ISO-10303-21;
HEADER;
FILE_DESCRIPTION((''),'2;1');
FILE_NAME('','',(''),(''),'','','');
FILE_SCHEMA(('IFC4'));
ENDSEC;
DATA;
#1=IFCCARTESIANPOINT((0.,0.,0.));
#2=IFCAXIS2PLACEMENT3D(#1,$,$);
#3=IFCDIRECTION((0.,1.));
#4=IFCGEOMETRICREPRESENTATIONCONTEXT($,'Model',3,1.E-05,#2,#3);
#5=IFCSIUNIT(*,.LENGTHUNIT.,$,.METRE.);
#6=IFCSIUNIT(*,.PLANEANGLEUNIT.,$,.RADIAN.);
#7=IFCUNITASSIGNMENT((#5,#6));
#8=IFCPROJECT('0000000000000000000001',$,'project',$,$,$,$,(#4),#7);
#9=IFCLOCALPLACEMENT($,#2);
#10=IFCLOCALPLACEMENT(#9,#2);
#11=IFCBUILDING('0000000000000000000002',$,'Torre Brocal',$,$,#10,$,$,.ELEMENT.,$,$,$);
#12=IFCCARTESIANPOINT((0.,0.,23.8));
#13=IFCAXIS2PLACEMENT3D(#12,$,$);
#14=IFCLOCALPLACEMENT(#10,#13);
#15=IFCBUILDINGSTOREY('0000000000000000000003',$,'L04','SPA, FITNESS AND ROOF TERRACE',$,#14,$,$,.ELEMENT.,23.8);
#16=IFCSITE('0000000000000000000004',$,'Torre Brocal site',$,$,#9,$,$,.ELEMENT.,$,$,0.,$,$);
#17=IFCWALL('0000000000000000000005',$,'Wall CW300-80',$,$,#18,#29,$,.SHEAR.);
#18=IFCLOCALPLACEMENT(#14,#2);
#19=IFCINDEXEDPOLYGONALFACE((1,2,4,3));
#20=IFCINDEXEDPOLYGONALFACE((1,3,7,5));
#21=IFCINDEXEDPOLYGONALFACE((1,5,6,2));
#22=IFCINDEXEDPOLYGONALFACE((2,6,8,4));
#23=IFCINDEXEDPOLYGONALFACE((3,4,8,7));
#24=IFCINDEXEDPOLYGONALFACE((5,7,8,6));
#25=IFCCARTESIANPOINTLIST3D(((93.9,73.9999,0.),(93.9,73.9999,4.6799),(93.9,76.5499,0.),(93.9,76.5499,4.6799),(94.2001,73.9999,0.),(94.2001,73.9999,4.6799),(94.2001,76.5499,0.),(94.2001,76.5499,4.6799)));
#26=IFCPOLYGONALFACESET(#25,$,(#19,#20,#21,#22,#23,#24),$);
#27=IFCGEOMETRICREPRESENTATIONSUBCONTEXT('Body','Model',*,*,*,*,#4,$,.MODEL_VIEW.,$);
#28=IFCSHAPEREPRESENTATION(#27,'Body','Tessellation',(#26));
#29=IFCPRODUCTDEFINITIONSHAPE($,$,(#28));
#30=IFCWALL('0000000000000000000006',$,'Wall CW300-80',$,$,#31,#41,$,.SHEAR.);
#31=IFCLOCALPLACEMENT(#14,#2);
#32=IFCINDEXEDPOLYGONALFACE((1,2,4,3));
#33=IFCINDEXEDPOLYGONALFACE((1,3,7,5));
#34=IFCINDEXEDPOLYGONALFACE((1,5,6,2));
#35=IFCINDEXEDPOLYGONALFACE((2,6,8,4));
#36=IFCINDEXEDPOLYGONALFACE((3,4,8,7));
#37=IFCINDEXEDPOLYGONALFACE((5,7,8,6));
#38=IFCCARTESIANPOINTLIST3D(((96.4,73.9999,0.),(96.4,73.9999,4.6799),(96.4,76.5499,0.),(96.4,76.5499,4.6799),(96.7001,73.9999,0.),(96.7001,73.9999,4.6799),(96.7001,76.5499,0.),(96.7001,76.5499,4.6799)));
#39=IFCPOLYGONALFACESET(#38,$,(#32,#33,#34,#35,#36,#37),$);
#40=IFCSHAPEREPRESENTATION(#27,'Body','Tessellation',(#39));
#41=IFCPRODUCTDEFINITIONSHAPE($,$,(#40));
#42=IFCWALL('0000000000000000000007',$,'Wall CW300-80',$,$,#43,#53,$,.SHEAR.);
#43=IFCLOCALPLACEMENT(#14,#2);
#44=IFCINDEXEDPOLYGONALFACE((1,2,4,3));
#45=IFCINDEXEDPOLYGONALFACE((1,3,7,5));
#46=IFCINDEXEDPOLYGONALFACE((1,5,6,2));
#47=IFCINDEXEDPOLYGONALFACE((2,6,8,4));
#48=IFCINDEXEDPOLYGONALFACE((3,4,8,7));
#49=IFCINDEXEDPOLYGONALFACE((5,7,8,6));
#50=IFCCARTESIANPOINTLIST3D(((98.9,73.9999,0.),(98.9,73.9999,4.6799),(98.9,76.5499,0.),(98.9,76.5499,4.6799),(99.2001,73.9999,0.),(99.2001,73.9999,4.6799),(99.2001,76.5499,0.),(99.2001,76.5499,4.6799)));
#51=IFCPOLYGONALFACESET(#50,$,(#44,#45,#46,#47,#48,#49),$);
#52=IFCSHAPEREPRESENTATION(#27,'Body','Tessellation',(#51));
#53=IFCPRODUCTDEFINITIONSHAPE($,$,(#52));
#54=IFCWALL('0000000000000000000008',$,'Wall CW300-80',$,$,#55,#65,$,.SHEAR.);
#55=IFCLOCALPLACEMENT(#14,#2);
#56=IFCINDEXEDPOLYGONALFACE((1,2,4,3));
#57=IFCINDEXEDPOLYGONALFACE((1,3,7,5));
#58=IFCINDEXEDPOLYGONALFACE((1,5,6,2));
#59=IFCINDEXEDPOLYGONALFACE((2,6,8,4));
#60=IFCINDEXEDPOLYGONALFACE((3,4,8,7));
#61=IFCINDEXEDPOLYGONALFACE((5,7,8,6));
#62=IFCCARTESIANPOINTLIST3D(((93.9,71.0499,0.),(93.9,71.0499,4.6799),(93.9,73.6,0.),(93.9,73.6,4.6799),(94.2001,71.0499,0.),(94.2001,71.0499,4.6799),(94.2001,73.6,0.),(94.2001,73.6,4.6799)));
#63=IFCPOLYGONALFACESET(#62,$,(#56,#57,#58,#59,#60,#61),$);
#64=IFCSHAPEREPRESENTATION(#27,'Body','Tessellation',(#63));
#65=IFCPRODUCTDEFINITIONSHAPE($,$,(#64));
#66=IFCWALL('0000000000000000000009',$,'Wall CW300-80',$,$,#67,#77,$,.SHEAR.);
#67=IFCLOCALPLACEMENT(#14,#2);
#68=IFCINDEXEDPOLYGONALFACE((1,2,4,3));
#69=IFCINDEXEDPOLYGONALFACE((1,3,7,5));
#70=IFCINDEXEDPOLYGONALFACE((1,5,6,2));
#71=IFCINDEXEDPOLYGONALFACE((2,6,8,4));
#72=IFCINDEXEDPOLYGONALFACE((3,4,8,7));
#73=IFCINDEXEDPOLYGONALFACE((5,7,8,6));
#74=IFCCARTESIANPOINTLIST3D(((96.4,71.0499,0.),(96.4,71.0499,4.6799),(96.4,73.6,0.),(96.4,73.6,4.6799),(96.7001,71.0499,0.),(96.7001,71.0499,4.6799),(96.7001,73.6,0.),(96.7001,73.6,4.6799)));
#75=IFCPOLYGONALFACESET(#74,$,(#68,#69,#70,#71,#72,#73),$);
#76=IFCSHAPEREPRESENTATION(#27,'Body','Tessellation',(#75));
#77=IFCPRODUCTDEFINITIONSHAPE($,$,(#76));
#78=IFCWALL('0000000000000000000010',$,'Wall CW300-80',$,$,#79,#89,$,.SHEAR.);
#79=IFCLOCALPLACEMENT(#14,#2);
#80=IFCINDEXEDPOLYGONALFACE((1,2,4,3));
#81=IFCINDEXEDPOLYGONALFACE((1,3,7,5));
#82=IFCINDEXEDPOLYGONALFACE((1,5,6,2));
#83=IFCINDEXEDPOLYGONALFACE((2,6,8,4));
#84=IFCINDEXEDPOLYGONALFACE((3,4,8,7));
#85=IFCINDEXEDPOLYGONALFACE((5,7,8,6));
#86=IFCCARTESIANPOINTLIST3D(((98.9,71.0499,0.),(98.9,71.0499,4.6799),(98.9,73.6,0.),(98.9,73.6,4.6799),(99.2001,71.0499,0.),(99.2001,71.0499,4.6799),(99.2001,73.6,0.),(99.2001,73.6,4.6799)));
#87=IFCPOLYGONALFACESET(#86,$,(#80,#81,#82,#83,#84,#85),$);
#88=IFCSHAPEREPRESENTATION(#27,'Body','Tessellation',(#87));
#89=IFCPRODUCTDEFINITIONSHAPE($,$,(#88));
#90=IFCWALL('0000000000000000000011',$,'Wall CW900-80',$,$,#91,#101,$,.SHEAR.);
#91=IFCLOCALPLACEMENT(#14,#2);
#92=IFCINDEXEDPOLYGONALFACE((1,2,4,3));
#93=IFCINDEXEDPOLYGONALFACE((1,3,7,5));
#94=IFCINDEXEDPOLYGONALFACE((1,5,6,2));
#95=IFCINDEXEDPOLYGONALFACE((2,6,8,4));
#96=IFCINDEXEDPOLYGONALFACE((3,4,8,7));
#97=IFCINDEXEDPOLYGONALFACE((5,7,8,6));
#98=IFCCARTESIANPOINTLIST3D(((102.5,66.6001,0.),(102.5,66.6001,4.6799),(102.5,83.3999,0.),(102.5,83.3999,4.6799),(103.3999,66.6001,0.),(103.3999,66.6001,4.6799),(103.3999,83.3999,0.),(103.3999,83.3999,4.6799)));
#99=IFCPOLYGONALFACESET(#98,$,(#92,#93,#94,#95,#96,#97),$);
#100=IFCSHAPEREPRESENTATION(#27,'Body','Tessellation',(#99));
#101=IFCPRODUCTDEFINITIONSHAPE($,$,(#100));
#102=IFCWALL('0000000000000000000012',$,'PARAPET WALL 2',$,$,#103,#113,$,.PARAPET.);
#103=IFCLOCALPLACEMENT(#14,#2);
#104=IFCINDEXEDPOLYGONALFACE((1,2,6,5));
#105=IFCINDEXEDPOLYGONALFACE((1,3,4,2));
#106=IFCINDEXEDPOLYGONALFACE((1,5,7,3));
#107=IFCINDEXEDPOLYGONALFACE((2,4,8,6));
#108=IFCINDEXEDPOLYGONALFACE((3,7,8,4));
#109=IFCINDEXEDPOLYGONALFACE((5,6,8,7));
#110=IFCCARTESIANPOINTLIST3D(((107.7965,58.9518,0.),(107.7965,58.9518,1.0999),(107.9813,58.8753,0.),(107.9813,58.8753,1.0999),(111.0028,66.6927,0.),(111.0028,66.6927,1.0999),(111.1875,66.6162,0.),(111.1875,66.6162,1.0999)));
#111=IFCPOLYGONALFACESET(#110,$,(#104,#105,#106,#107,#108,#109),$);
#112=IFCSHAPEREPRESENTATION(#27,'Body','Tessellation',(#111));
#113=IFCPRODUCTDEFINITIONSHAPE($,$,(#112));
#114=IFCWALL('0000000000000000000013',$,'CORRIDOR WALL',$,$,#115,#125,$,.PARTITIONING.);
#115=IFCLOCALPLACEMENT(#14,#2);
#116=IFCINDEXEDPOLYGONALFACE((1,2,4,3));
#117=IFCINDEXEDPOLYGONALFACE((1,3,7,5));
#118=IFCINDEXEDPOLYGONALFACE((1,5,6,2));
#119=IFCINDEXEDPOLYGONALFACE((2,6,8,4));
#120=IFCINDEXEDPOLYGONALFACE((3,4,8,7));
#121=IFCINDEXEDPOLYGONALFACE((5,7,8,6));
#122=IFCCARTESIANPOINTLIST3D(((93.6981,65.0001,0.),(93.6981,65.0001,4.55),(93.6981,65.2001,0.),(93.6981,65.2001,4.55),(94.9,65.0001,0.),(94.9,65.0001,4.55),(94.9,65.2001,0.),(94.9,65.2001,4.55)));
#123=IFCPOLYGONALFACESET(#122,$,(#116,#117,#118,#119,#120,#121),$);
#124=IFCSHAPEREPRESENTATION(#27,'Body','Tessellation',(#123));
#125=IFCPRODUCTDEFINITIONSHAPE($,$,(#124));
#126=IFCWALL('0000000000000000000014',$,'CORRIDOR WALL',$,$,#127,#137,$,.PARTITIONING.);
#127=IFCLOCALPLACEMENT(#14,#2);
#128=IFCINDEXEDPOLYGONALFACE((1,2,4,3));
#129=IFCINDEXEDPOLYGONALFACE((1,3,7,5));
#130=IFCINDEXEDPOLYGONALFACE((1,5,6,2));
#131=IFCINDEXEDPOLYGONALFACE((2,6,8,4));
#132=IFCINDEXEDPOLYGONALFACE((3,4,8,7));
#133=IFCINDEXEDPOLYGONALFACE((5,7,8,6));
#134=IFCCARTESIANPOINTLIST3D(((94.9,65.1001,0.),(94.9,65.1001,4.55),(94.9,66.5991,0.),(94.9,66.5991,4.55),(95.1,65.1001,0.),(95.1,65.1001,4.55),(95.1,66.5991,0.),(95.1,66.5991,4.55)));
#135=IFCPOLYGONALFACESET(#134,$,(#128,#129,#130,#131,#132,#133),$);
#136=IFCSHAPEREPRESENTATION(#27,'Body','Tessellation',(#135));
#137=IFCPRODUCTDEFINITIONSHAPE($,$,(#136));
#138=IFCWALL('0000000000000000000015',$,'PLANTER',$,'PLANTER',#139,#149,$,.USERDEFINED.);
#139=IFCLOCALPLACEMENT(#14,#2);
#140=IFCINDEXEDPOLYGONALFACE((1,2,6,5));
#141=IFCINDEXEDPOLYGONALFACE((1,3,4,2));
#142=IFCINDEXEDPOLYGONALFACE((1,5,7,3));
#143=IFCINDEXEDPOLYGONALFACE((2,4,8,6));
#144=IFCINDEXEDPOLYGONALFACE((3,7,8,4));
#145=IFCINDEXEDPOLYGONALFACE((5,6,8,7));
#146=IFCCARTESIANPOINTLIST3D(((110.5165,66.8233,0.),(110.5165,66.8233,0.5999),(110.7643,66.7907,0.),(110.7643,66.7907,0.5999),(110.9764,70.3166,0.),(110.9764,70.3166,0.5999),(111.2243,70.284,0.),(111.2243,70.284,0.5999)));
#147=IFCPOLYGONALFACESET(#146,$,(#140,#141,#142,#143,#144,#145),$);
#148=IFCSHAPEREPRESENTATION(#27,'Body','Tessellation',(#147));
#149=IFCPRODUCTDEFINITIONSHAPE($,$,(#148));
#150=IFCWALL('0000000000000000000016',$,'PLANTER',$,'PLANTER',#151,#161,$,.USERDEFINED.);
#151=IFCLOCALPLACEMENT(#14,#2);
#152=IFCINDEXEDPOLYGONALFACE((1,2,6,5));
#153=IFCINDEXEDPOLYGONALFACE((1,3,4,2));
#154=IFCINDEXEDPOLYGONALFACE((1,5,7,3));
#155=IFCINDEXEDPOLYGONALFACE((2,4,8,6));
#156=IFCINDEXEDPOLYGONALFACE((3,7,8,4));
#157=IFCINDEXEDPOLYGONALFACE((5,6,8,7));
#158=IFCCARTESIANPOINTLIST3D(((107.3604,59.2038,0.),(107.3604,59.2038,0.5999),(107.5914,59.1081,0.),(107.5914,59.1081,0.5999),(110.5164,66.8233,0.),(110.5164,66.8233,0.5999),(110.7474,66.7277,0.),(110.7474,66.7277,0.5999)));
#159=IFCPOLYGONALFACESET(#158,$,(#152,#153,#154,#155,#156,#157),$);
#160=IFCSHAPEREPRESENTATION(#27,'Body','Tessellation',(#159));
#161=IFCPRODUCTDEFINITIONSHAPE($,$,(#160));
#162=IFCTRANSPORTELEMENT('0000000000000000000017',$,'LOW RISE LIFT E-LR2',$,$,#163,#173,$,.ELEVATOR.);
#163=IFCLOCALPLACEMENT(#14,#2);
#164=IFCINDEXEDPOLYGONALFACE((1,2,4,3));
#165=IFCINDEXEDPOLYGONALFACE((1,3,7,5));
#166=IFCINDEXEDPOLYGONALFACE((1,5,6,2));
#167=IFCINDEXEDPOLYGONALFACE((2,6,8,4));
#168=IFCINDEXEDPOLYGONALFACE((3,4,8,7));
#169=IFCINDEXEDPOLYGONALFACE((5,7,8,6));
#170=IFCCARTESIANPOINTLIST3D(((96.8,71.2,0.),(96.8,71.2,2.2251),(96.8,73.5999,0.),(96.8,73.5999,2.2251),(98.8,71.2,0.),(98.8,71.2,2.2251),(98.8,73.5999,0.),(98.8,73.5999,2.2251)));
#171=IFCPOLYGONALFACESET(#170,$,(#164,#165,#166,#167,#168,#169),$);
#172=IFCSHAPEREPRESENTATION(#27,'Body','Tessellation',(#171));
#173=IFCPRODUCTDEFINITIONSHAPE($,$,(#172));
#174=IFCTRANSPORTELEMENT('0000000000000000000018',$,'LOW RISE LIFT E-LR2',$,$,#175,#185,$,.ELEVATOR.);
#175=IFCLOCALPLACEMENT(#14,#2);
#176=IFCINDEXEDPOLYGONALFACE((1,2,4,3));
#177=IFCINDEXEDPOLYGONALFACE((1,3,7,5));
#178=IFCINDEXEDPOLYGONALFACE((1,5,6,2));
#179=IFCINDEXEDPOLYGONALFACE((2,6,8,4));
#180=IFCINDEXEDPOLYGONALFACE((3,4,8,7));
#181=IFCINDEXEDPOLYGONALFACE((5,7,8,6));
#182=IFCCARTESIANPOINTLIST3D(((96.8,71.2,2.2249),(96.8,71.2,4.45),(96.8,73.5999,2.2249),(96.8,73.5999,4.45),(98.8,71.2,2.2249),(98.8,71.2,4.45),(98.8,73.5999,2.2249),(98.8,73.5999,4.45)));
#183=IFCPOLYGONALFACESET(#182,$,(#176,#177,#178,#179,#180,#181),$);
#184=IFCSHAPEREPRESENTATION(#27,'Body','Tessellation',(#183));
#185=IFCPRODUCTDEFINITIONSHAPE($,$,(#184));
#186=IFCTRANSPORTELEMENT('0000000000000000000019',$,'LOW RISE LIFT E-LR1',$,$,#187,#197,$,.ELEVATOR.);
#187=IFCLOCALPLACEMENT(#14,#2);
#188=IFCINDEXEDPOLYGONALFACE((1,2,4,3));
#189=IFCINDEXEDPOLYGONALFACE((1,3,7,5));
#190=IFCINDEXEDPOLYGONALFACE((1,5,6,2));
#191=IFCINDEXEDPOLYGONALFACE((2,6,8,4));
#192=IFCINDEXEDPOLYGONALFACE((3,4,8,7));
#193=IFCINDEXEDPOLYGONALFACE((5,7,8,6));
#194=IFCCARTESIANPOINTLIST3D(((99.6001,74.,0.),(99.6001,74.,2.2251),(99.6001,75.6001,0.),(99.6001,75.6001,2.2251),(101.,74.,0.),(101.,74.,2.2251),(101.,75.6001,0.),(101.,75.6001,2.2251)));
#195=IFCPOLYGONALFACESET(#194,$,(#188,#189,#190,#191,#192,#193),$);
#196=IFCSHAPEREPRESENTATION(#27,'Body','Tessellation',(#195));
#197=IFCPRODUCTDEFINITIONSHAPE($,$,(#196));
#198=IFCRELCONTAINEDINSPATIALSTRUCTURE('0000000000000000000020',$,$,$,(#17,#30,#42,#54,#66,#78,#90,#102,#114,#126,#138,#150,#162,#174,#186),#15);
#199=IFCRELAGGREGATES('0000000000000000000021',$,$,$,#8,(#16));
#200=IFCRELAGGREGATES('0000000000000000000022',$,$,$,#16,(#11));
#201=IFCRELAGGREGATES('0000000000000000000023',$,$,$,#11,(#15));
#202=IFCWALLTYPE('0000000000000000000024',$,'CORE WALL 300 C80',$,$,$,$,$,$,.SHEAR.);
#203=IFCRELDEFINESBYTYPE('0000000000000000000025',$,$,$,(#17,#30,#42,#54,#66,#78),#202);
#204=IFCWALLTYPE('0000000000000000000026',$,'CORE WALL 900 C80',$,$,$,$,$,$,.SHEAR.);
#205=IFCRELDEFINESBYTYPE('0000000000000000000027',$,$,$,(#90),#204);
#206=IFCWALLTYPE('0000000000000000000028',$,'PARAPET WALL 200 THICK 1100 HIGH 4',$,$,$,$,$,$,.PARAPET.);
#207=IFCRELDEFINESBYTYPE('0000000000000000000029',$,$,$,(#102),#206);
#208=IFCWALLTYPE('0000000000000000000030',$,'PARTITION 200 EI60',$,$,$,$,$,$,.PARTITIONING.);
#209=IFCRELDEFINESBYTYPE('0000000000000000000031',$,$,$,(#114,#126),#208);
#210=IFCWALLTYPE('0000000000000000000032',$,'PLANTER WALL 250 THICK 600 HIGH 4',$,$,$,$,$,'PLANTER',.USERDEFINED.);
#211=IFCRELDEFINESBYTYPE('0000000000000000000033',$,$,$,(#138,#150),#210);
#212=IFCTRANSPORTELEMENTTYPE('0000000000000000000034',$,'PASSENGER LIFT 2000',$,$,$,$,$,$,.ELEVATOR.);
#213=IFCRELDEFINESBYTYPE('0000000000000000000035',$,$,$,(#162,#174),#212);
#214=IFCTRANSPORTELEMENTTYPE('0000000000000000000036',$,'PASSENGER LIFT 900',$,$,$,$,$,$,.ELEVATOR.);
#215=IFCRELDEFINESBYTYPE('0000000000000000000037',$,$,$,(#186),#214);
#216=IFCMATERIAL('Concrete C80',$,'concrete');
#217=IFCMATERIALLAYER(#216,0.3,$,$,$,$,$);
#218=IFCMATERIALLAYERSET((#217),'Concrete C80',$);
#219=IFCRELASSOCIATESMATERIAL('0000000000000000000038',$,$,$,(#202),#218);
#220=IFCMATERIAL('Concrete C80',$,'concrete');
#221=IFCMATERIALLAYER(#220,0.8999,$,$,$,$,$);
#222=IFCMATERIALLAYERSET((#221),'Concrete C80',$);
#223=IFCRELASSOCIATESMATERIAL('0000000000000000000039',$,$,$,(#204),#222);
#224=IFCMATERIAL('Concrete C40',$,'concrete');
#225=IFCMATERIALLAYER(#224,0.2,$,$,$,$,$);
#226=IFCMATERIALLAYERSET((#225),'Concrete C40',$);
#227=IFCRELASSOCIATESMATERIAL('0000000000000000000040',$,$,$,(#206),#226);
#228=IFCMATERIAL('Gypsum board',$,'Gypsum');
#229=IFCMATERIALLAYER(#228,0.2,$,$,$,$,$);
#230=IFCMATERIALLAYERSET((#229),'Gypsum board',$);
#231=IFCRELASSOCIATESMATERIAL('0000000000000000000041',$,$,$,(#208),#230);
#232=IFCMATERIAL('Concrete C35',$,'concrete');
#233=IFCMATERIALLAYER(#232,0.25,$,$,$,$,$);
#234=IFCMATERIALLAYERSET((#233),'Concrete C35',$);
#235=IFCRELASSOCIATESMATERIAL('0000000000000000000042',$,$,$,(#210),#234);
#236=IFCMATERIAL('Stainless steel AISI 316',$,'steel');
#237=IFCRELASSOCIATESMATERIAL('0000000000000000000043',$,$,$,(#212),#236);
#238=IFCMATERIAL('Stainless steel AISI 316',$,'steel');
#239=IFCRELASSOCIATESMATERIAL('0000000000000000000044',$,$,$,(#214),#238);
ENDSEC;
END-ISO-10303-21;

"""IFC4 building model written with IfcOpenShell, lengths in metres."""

from ifc_helpers import new_model, si_unit, direction, frame, frame_2d, origin, origin_2d, place, context, subcontext, project, spatial, rectangle, extrude, material, layer, layer_set, type_object, element, save


model = new_model("IFC4")

# Units and contexts
model_context = context("Model", 3, precision=1e-05, world=origin(), true_north=direction((0.0, 1.0)))
body_context = subcontext(model_context, "Body", "Model", "MODEL_VIEW")
ifc_project = project(units=[si_unit("LENGTHUNIT", "METRE"), si_unit("PLANEANGLEUNIT", "RADIAN")], contexts=[model_context])

# Site, building, storey
site_placement = place(None, origin())
site = spatial("IfcSite", under=ifc_project, at=site_placement, Name="Torre Brocal site", CompositionType="ELEMENT", RefElevation=0.0)
building_placement = place(site_placement, origin())
building = spatial("IfcBuilding", under=site, at=building_placement, Name="Torre Brocal", CompositionType="ELEMENT")
storey_placement = place(building_placement, frame((0.0, 0.0, 23.8)))
storey = spatial("IfcBuildingStorey", under=building, at=storey_placement, Name="L04", Description="SPA, FITNESS AND ROOF TERRACE", CompositionType="ELEMENT", Elevation=23.8)

# Walls
ifc_material_1 = material(Name="Concrete C80", Category="concrete")
ifc_layer_1 = layer(ifc_material_1, 0.3)
ifc_layer_set_1 = layer_set([ifc_layer_1], Name="Concrete C80")
wall_type_1 = type_object("IfcWallType", Name="CORE WALL 300 C80", PredefinedType="SHEAR", material=ifc_layer_set_1)
for number, where, z_axis, x_axis, name in (
    (1, (94.05, 74.0, 0.0), (0.0, 0.0, 1.0), (0.0, 1.0, 0.0), "Wall CW300-80"),
    (2, (96.55, 74.0, 0.0), (0.0, 0.0, 1.0), (0.0, 1.0, 0.0), "Wall CW300-80"),
    (3, (99.05, 74.0, 0.0), (0.0, 0.0, 1.0), (0.0, 1.0, 0.0), "Wall CW300-80"),
    (4, (94.05, 71.05, 0.0), (0.0, 0.0, 1.0), (0.0, 1.0, 0.0), "Wall CW300-80"),
    (5, (96.55, 71.05, 0.0), (0.0, 0.0, 1.0), (0.0, 1.0, 0.0), "Wall CW300-80"),
    (6, (99.05, 71.05, 0.0), (0.0, 0.0, 1.0), (0.0, 1.0, 0.0), "Wall CW300-80"),
):
    element("IfcWall", number, at=place(storey_placement, frame(where, z_axis=z_axis, x_axis=x_axis)), inside=storey, type_object=wall_type_1, Name=name, PredefinedType="SHEAR", context=body_context, shape_type="SweptSolid", body=[
        extrude(rectangle(XDim=2.55, YDim=0.3, at=frame_2d((1.2749, 0.0))), origin(), (0.0, 0.0, 1.0), 4.6799),
    ])
ifc_material_2 = material(Name="Concrete C80", Category="concrete")
ifc_layer_2 = layer(ifc_material_2, 0.8999)
ifc_layer_set_2 = layer_set([ifc_layer_2], Name="Concrete C80")
wall_type_2 = type_object("IfcWallType", Name="CORE WALL 900 C80", PredefinedType="SHEAR", material=ifc_layer_set_2)
wall_1_placement = place(storey_placement, frame((102.95, 66.6001, 0.0), z_axis=(0.0, 0.0, 1.0), x_axis=(0.0, 1.0, 0.0)))
element("IfcWall", 7, at=wall_1_placement, inside=storey, type_object=wall_type_2, Name="Wall CW900-80", PredefinedType="SHEAR", context=body_context, shape_type="SweptSolid", body=[
    extrude(rectangle(XDim=16.7998, YDim=0.8999, at=frame_2d((8.3999, 0.0))), origin(), (0.0, 0.0, 1.0), 4.6799),
])
ifc_material_3 = material(Name="Concrete C40", Category="concrete")
ifc_layer_3 = layer(ifc_material_3, 0.2)
ifc_layer_set_3 = layer_set([ifc_layer_3], Name="Concrete C40")
wall_type_3 = type_object("IfcWallType", Name="PARAPET WALL 200 THICK 1100 HIGH 4", PredefinedType="PARAPET", material=ifc_layer_set_3)
wall_2_placement = place(storey_placement, frame((111.0952, 66.6545, 0.0), z_axis=(0.0, 0.0, 1.0), x_axis=(-0.382672, -0.923884, 0.0)))
element("IfcWall", 8, at=wall_2_placement, inside=storey, type_object=wall_type_3, Name="PARAPET WALL 2", PredefinedType="PARAPET", context=body_context, shape_type="SweptSolid", body=[
    extrude(rectangle(XDim=8.3787, YDim=0.2, at=frame_2d((4.1895, 0.0))), origin(), (0.0, 0.0, 1.0), 1.0999),
])
ifc_material_4 = material(Name="Gypsum board", Category="Gypsum")
ifc_layer_4 = layer(ifc_material_4, 0.2)
ifc_layer_set_4 = layer_set([ifc_layer_4], Name="Gypsum board")
wall_type_4 = type_object("IfcWallType", Name="PARTITION 200 EI60", PredefinedType="PARTITIONING", material=ifc_layer_set_4)
wall_3_placement = place(storey_placement, frame((93.698, 65.1001, 0.0), z_axis=(0.0, 0.0, 1.0), x_axis=(1.0, 0.0, 0.0)))
element("IfcWall", 9, at=wall_3_placement, inside=storey, type_object=wall_type_4, Name="CORRIDOR WALL", PredefinedType="PARTITIONING", context=body_context, shape_type="SweptSolid", body=[
    extrude(rectangle(XDim=1.2019, YDim=0.2, at=frame_2d((0.6011, 0.0))), origin(), (0.0, 0.0, 1.0), 4.55),
])
wall_4_placement = place(storey_placement, frame((95.0, 65.1001, 0.0), z_axis=(0.0, 0.0, 1.0), x_axis=(0.0, 1.0, 0.0)))
element("IfcWall", 10, at=wall_4_placement, inside=storey, type_object=wall_type_4, Name="CORRIDOR WALL", PredefinedType="PARTITIONING", context=body_context, shape_type="SweptSolid", body=[
    extrude(rectangle(XDim=1.499, YDim=0.2, at=frame_2d((0.7495, 0.0))), origin(), (0.0, 0.0, 1.0), 4.55),
])
ifc_material_5 = material(Name="Concrete C35", Category="concrete")
ifc_layer_5 = layer(ifc_material_5, 0.25)
ifc_layer_set_5 = layer_set([ifc_layer_5], Name="Concrete C35")
wall_type_5 = type_object("IfcWallType", Name="PLANTER WALL 250 THICK 600 HIGH 4", ElementType="PLANTER", PredefinedType="USERDEFINED", material=ifc_layer_set_5)
wall_5_placement = place(storey_placement, frame((111.1003, 70.3003, 0.0), z_axis=(0.0, 0.0, 1.0), x_axis=(-0.130539, -0.991443, 0.0)))
element("IfcWall", 11, at=wall_5_placement, inside=storey, type_object=wall_type_5, Name="PLANTER", ObjectType="PLANTER", PredefinedType="USERDEFINED", context=body_context, shape_type="SweptSolid", body=[
    extrude(rectangle(XDim=3.5234, YDim=0.25, at=frame_2d((1.7617, 0.0))), origin(), (0.0, 0.0, 1.0), 0.5999),
])
wall_6_placement = place(storey_placement, frame((110.6318, 66.7754, 0.0), z_axis=(0.0, 0.0, 1.0), x_axis=(-0.382668, -0.923886, 0.0)))
element("IfcWall", 12, at=wall_6_placement, inside=storey, type_object=wall_type_5, Name="PLANTER", ObjectType="PLANTER", PredefinedType="USERDEFINED", context=body_context, shape_type="SweptSolid", body=[
    extrude(rectangle(XDim=8.2473, YDim=0.25, at=frame_2d((4.1235, 0.0))), origin(), (0.0, 0.0, 1.0), 0.5999),
])

# Transport elements
ifc_material_6 = material(Name="Stainless steel AISI 316", Category="steel")
transport_element_type_1 = type_object("IfcTransportElementType", Name="PASSENGER LIFT 2000", PredefinedType="ELEVATOR", material=ifc_material_6)
for number, where, z_axis, x_axis, name in (
    (13, (97.8, 72.3999, 0.0), (0.0, 0.0, 1.0), (1.0, 0.0, 0.0), "LOW RISE LIFT E-LR2"),
    (14, (97.8, 72.3999, 2.2249), (0.0, 0.0, 1.0), (1.0, 0.0, 0.0), "LOW RISE LIFT E-LR2"),
):
    element("IfcTransportElement", number, at=place(storey_placement, frame(where, z_axis=z_axis, x_axis=x_axis)), inside=storey, type_object=transport_element_type_1, Name=name, PredefinedType="ELEVATOR", context=body_context, shape_type="SweptSolid", body=[
        extrude(rectangle(XDim=2.0, YDim=2.3999, at=origin_2d()), origin(), (0.0, 0.0, 1.0), 2.2251),
    ])
ifc_material_7 = material(Name="Stainless steel AISI 316", Category="steel")
transport_element_type_2 = type_object("IfcTransportElementType", Name="PASSENGER LIFT 900", PredefinedType="ELEVATOR", material=ifc_material_7)
for number, where, z_axis, x_axis, name in (
    (15, (100.3, 74.8, 0.0), (0.0, 0.0, 1.0), (1.0, 0.0, 0.0), "LOW RISE LIFT E-LR1"),
):
    element("IfcTransportElement", number, at=place(storey_placement, frame(where, z_axis=z_axis, x_axis=x_axis)), inside=storey, type_object=transport_element_type_2, Name=name, PredefinedType="ELEVATOR", context=body_context, shape_type="SweptSolid", body=[
        extrude(rectangle(XDim=1.3999, YDim=1.6001, at=origin_2d()), origin(), (0.0, 0.0, 1.0), 2.2251),
    ])

save(model, "model.ifc")
